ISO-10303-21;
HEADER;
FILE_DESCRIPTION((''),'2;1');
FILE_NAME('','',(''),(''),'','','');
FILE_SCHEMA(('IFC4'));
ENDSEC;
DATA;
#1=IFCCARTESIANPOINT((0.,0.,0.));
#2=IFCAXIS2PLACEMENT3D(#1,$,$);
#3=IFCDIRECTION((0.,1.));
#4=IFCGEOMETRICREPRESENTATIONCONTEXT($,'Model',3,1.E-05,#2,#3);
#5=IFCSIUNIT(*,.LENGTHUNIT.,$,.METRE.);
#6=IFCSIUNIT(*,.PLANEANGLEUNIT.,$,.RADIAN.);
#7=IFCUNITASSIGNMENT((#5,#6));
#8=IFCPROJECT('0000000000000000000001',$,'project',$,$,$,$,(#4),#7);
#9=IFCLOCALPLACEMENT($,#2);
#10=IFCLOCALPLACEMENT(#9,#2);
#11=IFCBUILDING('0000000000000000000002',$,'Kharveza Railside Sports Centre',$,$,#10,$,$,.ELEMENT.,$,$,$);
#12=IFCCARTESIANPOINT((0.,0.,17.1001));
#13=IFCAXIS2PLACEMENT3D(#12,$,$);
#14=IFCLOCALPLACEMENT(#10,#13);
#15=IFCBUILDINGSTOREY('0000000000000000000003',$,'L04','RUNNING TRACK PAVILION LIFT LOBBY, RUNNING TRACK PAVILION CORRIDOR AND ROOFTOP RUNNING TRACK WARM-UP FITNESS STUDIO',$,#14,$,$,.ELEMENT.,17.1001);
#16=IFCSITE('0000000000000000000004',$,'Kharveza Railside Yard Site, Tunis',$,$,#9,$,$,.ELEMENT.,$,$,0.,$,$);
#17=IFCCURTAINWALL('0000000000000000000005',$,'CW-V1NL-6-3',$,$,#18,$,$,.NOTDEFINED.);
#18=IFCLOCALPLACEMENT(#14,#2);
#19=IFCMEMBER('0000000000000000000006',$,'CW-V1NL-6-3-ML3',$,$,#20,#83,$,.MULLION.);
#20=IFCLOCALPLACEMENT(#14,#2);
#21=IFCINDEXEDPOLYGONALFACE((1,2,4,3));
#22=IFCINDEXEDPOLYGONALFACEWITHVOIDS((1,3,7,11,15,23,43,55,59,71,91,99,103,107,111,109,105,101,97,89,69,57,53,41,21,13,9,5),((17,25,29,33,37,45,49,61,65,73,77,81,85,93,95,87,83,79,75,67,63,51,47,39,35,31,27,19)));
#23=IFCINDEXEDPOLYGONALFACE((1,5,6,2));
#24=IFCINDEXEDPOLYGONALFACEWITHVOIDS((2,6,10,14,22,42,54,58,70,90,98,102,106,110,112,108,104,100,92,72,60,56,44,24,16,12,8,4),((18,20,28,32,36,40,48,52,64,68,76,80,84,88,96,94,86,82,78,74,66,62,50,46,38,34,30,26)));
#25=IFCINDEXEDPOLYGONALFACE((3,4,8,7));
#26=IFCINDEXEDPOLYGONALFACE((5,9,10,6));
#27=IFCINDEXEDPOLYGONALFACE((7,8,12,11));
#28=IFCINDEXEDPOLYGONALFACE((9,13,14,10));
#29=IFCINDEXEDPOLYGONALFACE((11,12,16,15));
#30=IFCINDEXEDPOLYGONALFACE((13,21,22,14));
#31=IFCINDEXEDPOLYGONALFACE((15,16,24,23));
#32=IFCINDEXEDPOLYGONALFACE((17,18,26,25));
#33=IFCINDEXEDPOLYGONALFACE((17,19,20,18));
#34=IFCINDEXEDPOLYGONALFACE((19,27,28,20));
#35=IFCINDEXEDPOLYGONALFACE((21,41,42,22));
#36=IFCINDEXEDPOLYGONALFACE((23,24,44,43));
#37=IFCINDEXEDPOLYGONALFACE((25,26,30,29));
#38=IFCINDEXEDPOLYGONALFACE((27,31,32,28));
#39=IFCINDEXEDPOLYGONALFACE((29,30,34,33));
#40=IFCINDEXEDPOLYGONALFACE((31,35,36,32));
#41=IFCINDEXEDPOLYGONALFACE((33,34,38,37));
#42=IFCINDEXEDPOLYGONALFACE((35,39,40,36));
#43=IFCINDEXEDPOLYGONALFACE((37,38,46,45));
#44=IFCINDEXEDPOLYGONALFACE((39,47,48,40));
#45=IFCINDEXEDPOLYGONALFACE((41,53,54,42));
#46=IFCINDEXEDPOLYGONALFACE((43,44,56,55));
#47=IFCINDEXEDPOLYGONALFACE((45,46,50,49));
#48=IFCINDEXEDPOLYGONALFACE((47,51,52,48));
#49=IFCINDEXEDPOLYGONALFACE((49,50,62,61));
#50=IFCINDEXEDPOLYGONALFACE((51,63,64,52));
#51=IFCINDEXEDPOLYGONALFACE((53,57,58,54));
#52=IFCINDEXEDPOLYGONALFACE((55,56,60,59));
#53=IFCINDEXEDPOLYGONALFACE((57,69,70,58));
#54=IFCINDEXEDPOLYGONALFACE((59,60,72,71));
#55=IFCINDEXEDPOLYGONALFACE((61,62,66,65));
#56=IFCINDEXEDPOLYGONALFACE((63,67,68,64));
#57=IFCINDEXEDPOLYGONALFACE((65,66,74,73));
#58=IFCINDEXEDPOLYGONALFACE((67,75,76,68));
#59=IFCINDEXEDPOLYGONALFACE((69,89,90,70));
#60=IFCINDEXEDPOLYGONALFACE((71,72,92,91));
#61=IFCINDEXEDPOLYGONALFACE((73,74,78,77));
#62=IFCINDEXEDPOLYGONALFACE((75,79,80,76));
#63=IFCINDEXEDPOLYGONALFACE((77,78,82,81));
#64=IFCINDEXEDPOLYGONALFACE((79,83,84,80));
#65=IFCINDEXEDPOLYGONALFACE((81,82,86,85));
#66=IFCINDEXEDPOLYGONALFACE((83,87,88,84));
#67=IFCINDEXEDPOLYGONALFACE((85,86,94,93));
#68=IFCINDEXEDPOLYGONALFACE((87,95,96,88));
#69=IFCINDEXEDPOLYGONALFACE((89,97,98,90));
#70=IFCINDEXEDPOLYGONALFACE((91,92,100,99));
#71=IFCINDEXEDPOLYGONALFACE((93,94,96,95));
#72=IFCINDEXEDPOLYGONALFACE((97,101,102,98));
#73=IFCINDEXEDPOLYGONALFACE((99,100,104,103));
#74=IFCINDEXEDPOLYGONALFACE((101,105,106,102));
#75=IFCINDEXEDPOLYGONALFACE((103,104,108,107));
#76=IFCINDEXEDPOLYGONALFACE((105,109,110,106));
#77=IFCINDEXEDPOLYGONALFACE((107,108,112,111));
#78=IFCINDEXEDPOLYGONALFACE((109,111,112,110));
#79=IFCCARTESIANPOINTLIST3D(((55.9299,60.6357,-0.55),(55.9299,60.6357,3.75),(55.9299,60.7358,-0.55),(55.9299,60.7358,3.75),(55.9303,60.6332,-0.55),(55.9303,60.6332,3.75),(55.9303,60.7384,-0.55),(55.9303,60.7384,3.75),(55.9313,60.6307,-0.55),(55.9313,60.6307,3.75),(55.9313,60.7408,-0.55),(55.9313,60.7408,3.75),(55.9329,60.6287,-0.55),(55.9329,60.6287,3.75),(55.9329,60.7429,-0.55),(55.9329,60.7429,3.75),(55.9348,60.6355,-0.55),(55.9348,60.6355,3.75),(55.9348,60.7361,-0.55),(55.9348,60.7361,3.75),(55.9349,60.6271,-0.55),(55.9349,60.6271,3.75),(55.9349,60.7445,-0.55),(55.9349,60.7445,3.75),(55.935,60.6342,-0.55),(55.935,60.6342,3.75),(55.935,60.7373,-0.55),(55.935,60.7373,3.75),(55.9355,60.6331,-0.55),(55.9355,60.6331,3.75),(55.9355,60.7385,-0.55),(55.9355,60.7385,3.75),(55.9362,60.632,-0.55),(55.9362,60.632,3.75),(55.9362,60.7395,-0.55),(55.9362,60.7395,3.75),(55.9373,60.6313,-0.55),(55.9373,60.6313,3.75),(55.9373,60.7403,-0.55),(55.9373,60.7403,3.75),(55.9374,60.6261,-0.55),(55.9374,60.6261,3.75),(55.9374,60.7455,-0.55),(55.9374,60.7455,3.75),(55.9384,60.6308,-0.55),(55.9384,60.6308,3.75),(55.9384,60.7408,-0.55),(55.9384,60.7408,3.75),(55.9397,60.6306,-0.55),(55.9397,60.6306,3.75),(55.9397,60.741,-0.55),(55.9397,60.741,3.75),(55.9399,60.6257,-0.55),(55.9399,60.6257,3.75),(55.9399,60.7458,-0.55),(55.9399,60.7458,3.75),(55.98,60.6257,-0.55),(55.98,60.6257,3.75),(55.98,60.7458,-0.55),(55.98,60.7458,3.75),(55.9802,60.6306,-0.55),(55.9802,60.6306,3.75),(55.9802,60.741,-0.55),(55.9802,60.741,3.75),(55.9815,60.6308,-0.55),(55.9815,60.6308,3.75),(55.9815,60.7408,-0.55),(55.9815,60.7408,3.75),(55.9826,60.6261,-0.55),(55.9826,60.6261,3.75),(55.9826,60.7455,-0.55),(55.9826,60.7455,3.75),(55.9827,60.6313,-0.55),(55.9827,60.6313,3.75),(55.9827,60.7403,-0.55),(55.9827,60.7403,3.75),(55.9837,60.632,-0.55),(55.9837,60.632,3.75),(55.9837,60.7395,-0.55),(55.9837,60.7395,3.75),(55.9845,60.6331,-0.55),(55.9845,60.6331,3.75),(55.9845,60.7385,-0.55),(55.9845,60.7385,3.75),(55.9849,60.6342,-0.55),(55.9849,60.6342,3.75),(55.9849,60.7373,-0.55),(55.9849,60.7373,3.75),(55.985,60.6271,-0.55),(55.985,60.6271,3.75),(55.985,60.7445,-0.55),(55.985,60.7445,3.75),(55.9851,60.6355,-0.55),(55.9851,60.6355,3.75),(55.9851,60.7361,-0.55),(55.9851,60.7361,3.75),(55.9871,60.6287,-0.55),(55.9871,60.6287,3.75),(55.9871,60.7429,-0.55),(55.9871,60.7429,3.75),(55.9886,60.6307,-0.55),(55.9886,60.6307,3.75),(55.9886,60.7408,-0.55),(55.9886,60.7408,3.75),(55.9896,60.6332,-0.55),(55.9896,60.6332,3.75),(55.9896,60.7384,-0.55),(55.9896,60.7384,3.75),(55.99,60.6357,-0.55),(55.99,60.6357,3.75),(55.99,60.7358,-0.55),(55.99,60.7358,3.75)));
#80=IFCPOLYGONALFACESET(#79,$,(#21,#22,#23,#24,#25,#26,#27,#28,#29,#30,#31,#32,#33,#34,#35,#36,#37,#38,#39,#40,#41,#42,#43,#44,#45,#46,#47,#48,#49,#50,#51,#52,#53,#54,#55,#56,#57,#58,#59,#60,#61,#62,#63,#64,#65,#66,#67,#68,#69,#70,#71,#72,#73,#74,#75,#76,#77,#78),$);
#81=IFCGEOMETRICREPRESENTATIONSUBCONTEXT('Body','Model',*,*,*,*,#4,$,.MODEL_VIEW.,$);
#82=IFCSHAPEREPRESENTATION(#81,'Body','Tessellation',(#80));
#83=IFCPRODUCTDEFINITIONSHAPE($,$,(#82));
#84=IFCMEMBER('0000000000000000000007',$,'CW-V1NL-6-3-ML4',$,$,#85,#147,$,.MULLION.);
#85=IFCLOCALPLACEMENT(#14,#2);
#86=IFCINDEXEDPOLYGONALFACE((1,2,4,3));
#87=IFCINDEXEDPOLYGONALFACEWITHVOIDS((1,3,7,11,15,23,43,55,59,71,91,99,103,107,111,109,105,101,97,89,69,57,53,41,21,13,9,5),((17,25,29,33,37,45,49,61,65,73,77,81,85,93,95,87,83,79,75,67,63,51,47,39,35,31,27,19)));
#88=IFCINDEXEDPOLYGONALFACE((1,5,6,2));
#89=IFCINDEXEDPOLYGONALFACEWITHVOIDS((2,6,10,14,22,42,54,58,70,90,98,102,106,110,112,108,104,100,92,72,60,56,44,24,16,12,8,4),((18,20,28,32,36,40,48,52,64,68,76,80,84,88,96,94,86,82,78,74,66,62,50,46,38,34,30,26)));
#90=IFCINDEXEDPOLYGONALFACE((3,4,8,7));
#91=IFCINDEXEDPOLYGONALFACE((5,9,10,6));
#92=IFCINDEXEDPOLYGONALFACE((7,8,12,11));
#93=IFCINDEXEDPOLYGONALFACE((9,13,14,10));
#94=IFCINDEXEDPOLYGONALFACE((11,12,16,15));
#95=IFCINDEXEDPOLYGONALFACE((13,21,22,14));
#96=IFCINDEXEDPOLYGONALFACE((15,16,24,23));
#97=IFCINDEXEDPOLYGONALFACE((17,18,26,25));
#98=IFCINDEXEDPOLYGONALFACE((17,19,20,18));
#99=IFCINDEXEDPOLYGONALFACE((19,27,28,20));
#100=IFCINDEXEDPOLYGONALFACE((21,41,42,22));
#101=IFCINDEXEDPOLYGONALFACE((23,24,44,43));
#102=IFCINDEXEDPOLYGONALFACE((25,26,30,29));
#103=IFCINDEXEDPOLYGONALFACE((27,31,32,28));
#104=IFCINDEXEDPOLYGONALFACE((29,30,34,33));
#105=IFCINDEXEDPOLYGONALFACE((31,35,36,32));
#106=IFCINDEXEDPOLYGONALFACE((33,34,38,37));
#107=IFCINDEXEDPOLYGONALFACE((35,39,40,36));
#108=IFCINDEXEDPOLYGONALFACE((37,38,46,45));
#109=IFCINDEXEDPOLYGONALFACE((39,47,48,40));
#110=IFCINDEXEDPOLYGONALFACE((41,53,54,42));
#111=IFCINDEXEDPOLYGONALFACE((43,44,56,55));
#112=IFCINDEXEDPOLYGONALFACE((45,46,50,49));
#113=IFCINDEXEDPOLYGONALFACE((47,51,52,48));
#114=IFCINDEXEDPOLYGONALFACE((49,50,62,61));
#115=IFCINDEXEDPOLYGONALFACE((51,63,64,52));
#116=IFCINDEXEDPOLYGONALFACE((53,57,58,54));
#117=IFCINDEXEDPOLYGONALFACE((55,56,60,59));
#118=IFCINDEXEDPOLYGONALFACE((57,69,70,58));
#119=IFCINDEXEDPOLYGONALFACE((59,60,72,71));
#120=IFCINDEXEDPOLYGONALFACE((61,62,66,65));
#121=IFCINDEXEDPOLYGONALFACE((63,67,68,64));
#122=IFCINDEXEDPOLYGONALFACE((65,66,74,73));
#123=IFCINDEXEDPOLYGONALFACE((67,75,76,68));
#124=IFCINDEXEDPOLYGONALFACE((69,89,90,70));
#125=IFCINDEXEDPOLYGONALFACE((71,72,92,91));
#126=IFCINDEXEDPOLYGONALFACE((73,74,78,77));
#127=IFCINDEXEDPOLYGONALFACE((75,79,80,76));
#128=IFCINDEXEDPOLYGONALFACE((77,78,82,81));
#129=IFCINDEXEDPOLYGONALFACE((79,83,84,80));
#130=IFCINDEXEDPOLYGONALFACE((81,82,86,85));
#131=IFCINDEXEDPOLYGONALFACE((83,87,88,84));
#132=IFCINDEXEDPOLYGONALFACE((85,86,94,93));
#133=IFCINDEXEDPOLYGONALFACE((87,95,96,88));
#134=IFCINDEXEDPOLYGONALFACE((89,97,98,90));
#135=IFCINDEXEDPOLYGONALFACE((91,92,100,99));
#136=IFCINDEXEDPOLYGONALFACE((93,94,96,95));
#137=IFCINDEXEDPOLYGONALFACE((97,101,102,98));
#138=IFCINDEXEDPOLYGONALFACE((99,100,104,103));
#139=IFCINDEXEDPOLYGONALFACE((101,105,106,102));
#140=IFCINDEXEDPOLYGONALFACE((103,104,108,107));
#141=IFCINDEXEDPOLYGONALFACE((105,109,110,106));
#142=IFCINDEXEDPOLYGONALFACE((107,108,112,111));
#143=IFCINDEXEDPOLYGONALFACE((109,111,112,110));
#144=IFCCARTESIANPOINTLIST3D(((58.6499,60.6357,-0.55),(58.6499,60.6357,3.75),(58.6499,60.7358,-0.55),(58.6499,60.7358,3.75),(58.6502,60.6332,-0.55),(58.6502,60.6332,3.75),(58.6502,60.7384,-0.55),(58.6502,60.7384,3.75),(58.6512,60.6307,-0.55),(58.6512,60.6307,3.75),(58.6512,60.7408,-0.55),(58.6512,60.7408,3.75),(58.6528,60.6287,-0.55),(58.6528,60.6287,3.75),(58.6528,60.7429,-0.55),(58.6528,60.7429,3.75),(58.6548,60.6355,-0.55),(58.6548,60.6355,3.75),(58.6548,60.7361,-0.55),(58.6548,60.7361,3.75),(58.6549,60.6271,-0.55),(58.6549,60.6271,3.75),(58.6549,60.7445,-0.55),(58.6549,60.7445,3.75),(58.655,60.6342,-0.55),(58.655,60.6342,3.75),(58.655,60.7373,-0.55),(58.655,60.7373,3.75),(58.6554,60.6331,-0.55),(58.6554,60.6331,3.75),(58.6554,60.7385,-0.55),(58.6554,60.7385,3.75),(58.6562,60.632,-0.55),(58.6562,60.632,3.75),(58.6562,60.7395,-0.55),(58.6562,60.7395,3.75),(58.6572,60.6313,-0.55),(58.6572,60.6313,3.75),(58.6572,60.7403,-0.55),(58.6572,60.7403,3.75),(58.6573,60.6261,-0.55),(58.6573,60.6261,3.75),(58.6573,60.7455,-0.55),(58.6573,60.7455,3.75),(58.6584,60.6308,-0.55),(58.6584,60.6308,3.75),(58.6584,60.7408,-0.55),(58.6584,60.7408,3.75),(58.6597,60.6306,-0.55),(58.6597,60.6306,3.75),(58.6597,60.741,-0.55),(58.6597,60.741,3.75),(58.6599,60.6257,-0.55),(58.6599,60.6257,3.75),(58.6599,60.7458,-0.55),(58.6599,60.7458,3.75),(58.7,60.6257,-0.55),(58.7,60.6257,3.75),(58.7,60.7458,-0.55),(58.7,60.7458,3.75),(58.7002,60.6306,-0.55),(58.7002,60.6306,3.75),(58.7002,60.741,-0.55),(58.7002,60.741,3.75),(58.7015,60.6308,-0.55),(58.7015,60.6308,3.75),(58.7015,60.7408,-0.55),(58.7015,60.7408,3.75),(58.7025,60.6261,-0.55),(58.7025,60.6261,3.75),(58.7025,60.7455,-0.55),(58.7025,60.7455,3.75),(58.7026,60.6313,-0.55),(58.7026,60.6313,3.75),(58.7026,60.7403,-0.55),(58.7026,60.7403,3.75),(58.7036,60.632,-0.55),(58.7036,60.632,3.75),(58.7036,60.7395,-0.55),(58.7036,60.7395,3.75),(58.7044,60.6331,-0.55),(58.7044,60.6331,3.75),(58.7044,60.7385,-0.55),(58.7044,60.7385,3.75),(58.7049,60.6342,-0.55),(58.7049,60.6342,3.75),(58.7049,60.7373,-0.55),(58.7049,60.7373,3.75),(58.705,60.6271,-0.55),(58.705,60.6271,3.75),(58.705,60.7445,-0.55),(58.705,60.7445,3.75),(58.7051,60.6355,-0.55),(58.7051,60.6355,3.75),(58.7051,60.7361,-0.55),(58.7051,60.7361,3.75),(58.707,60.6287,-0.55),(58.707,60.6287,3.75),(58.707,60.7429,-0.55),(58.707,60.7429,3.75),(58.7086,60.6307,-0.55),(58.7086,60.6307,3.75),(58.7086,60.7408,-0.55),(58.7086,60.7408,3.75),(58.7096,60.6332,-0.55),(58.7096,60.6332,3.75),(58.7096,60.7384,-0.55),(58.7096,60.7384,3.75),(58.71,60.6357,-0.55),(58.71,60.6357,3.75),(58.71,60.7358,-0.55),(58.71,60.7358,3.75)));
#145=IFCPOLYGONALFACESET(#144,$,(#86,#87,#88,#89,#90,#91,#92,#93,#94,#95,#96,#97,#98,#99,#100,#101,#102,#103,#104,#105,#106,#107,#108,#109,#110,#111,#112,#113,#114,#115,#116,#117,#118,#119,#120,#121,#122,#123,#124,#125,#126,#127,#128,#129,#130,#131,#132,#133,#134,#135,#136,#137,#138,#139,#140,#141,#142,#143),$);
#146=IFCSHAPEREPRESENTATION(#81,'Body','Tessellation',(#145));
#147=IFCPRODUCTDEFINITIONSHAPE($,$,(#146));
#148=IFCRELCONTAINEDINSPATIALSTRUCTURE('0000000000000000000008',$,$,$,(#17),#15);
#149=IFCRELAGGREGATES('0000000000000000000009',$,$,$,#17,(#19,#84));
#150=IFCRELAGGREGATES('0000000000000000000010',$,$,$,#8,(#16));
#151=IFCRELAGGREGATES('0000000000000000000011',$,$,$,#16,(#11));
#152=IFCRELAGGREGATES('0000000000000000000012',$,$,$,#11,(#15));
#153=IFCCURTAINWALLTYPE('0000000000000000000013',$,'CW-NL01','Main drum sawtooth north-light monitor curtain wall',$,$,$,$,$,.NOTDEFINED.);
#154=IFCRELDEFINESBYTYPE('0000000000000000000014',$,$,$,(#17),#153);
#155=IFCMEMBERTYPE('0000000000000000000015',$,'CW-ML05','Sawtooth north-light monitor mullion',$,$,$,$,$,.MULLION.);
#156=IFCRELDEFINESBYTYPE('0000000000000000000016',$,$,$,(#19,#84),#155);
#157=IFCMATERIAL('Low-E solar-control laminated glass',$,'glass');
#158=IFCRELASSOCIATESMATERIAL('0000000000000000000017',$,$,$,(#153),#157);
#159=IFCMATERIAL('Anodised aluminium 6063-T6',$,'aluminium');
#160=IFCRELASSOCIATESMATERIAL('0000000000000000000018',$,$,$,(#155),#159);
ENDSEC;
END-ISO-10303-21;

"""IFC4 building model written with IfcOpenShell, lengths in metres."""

from ifc_helpers import new_model, si_unit, direction, frame, origin, origin_2d, place, context, subcontext, project, spatial, hollow_rectangle, extrude, material, material_profile, profile_set, type_object, element, aggregate, save


model = new_model("IFC4")

# Units and contexts
model_context = context("Model", 3, precision=1e-05, world=origin(), true_north=direction((0.0, 1.0)))
body_context = subcontext(model_context, "Body", "Model", "MODEL_VIEW")
ifc_project = project(units=[si_unit("LENGTHUNIT", "METRE"), si_unit("PLANEANGLEUNIT", "RADIAN")], contexts=[model_context])

# Site, building, storey
site_placement = place(None, origin())
site = spatial("IfcSite", under=ifc_project, at=site_placement, Name="Kharveza Railside Yard Site, Tunis", CompositionType="ELEMENT", RefElevation=0.0)
building_placement = place(site_placement, origin())
building = spatial("IfcBuilding", under=site, at=building_placement, Name="Kharveza Railside Sports Centre", CompositionType="ELEMENT")
storey_placement = place(building_placement, frame((0.0, 0.0, 17.1001)))
storey = spatial("IfcBuildingStorey", under=building, at=storey_placement, Name="L04", Description="RUNNING TRACK PAVILION LIFT LOBBY, RUNNING TRACK PAVILION CORRIDOR AND ROOFTOP RUNNING TRACK WARM-UP FITNESS STUDIO", CompositionType="ELEMENT", Elevation=17.1001)

# Shared definitions
ifc_material_1 = material(Name="Low-E solar-control laminated glass", Category="glass")
curtain_wall_type = type_object("IfcCurtainWallType", Name="CW-NL01", Description="Main drum sawtooth north-light monitor curtain wall", PredefinedType="NOTDEFINED", material=ifc_material_1)
ifc_material_2 = material(Name="Anodised aluminium 6063-T6", Category="aluminium")
ifc_material_profile_1 = material_profile(ifc_material_2, hollow_rectangle(XDim=0.0601, YDim=0.1201, WallThickness=0.0049, InnerFilletRadius=0.0049, OuterFilletRadius=0.01, at=origin_2d()), Name="RHS 60x120x5.0")
ifc_profile_set_1 = profile_set([ifc_material_profile_1], Name="Anodised aluminium 6063-T6")
member_type_1 = type_object("IfcMemberType", Name="CW-ML05", Description="Sawtooth north-light monitor mullion", PredefinedType="MULLION", material=ifc_profile_set_1)

# Curtain wall, members
curtain_wall_1_placement = place(storey_placement, origin())
curtain_wall_1 = element("IfcCurtainWall", 1, at=curtain_wall_1_placement, inside=storey, type_object=curtain_wall_type, Name="CW-V1NL-6-3", PredefinedType="NOTDEFINED")
member_1_placement = place(storey_placement, frame((55.96, 60.6858, -0.55), z_axis=(0.0, 0.0, 1.0), x_axis=(1.0, 0.0, 0.0)))
member_1 = element("IfcMember", 2, at=member_1_placement, type_object=member_type_1, Name="CW-V1NL-6-3-ML3", PredefinedType="MULLION", context=body_context, shape_type="SweptSolid", body=[
    extrude(hollow_rectangle(XDim=0.0601, YDim=0.1201, WallThickness=0.0049, InnerFilletRadius=0.0049, OuterFilletRadius=0.01, at=origin_2d()), origin(), (0.0, 0.0, 1.0), 4.3),
])
member_2_placement = place(storey_placement, frame((58.6799, 60.6858, -0.55), z_axis=(0.0, 0.0, 1.0), x_axis=(1.0, 0.0, 0.0)))
member_2 = element("IfcMember", 3, at=member_2_placement, type_object=member_type_1, Name="CW-V1NL-6-3-ML4", PredefinedType="MULLION", context=body_context, shape_type="SweptSolid", body=[
    extrude(hollow_rectangle(XDim=0.0601, YDim=0.1201, WallThickness=0.0049, InnerFilletRadius=0.0049, OuterFilletRadius=0.01, at=origin_2d()), origin(), (0.0, 0.0, 1.0), 4.3),
])

aggregate(curtain_wall_1, [member_1, member_2])

save(model, "model.ifc")
